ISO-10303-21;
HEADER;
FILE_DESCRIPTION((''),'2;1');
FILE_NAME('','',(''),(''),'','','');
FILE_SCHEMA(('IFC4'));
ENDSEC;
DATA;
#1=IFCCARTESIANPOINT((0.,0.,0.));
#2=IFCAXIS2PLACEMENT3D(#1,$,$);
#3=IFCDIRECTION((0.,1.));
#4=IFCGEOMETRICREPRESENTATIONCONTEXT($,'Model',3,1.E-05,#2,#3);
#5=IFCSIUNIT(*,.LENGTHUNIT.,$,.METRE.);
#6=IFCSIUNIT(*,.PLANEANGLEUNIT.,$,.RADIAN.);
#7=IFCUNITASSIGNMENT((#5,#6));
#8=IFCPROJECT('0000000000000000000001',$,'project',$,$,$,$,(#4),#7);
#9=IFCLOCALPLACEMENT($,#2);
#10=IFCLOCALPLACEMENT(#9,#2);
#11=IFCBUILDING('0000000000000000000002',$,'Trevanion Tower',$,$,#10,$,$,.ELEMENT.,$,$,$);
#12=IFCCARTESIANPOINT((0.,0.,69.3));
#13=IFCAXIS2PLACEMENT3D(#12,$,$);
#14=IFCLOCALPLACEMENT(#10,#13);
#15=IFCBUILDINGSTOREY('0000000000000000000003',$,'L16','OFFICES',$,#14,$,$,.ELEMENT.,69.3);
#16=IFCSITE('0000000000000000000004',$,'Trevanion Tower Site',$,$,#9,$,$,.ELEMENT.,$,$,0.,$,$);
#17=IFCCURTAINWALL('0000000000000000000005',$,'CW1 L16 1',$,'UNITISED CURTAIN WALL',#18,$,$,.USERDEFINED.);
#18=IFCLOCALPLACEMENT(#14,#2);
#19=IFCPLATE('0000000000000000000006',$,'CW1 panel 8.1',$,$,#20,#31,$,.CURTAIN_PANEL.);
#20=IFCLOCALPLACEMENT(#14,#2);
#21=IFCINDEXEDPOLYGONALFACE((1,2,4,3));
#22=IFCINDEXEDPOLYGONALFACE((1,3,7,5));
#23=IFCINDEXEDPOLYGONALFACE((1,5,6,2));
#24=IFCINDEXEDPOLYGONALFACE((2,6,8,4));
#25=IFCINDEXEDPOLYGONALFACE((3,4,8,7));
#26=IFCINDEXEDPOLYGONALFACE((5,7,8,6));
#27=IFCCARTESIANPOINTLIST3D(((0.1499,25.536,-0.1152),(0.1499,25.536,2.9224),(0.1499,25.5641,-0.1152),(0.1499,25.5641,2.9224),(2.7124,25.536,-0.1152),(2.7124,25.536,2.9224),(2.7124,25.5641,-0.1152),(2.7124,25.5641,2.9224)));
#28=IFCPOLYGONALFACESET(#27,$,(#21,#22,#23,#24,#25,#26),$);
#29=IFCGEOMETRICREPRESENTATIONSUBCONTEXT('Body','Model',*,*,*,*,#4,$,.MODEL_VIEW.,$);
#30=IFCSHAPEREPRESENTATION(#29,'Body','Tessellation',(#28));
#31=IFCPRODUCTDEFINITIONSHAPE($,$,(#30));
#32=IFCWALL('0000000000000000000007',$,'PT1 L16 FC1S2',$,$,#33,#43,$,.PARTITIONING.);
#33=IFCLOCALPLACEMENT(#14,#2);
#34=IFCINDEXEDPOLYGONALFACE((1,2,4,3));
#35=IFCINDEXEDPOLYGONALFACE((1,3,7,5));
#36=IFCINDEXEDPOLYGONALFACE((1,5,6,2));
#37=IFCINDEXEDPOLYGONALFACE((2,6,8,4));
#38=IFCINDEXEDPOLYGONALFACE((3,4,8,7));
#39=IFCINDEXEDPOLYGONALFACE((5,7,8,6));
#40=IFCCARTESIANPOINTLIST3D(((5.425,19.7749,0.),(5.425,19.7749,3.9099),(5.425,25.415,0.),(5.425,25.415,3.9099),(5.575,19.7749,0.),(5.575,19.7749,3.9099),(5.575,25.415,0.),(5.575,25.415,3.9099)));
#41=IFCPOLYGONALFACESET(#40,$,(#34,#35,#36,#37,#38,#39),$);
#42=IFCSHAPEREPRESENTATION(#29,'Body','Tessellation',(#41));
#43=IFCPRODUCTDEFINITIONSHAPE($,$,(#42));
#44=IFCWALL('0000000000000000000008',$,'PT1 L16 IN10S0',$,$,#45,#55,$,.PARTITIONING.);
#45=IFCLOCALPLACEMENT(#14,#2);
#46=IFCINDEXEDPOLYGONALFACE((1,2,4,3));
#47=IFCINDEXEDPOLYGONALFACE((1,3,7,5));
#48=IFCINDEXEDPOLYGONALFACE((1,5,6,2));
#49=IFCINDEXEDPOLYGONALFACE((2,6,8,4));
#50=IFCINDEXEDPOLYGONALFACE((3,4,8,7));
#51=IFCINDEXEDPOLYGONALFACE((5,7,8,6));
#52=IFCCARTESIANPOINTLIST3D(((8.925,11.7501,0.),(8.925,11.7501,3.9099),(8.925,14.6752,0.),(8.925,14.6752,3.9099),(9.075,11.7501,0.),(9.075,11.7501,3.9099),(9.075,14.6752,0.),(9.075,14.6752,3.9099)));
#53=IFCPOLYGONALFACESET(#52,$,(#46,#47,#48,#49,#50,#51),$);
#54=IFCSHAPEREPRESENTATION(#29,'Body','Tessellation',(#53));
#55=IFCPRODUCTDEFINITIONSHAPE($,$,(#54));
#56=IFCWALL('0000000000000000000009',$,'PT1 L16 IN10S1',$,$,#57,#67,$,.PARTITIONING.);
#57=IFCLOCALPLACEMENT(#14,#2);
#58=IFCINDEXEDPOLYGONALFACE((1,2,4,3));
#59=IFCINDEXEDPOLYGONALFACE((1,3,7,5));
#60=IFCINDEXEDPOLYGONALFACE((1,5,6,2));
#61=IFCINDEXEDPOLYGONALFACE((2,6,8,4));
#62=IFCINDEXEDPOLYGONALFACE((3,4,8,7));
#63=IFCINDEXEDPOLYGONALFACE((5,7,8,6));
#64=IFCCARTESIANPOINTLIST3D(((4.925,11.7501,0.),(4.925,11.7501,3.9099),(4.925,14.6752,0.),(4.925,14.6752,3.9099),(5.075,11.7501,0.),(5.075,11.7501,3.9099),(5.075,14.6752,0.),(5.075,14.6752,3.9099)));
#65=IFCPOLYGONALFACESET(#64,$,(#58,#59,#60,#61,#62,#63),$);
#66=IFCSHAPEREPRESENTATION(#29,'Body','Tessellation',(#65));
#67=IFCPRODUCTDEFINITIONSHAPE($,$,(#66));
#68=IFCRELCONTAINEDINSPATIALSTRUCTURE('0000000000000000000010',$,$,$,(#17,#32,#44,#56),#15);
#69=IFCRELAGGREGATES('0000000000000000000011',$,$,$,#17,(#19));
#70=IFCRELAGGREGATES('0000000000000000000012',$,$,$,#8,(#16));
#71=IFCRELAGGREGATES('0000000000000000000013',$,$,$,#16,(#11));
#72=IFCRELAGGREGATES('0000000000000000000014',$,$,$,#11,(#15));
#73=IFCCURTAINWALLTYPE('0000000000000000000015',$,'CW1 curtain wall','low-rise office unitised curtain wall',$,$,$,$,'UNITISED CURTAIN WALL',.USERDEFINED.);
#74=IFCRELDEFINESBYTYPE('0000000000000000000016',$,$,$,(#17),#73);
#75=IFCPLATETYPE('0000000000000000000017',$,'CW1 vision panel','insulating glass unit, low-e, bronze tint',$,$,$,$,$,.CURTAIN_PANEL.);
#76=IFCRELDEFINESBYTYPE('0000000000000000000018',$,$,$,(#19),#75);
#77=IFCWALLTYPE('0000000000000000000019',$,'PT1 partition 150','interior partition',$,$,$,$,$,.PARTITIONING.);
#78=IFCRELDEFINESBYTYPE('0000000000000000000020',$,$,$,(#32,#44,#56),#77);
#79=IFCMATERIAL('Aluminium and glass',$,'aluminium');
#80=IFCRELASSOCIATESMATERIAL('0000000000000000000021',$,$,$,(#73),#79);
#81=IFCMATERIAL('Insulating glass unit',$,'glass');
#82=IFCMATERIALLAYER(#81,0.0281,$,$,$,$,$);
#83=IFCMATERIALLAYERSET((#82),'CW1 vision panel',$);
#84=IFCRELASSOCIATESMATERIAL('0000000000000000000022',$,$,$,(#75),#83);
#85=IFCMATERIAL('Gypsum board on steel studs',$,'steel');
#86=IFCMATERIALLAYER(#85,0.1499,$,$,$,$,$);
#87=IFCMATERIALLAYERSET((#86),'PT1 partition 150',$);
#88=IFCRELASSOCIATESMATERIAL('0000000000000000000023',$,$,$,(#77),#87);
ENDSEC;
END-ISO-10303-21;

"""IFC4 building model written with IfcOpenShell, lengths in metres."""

from ifc_helpers import new_model, si_unit, direction, frame, frame_2d, origin, origin_2d, place, context, subcontext, project, spatial, rectangle, extrude, material, layer, layer_set, type_object, element, aggregate, save


model = new_model("IFC4")

# Units and contexts
model_context = context("Model", 3, precision=1e-05, world=origin(), true_north=direction((0.0, 1.0)))
body_context = subcontext(model_context, "Body", "Model", "MODEL_VIEW")
ifc_project = project(units=[si_unit("LENGTHUNIT", "METRE"), si_unit("PLANEANGLEUNIT", "RADIAN")], contexts=[model_context])

# Site, building, storey
site_placement = place(None, origin())
site = spatial("IfcSite", under=ifc_project, at=site_placement, Name="Trevanion Tower Site", CompositionType="ELEMENT", RefElevation=0.0)
building_placement = place(site_placement, origin())
building = spatial("IfcBuilding", under=site, at=building_placement, Name="Trevanion Tower", CompositionType="ELEMENT")
storey_placement = place(building_placement, frame((0.0, 0.0, 69.3)))
storey = spatial("IfcBuildingStorey", under=building, at=storey_placement, Name="L16", Description="OFFICES", CompositionType="ELEMENT", Elevation=69.3)

# Curtain wall, plate
ifc_material_1 = material(Name="Aluminium and glass", Category="aluminium")
curtain_wall_type = type_object("IfcCurtainWallType", Name="CW1 curtain wall", Description="low-rise office unitised curtain wall", ElementType="UNITISED CURTAIN WALL", PredefinedType="USERDEFINED", material=ifc_material_1)
curtain_wall_placement = place(storey_placement, origin())
curtain_wall = element("IfcCurtainWall", 1, at=curtain_wall_placement, inside=storey, type_object=curtain_wall_type, Name="CW1 L16 1", ObjectType="UNITISED CURTAIN WALL", PredefinedType="USERDEFINED")
ifc_material_2 = material(Name="Insulating glass unit", Category="glass")
ifc_layer_1 = layer(ifc_material_2, 0.0281)
ifc_layer_set_1 = layer_set([ifc_layer_1], Name="CW1 vision panel")
plate_type_1 = type_object("IfcPlateType", Name="CW1 vision panel", Description="insulating glass unit, low-e, bronze tint", PredefinedType="CURTAIN_PANEL", material=ifc_layer_set_1)
plate_1_placement = place(storey_placement, frame((1.4312, 25.55, -0.1152), z_axis=(0.0, 0.0, 1.0), x_axis=(-1.0, 0.0, 0.0)))
plate_1 = element("IfcPlate", 2, at=plate_1_placement, type_object=plate_type_1, Name="CW1 panel 8.1", PredefinedType="CURTAIN_PANEL", context=body_context, shape_type="SweptSolid", body=[
    extrude(rectangle(XDim=2.5625, YDim=0.0281, at=origin_2d()), origin(), (0.0, 0.0, 1.0), 3.0376),
])
aggregate(curtain_wall, [plate_1])

# Walls
ifc_material_3 = material(Name="Gypsum board on steel studs", Category="steel")
ifc_layer_2 = layer(ifc_material_3, 0.1499)
ifc_layer_set_2 = layer_set([ifc_layer_2], Name="PT1 partition 150")
wall_type = type_object("IfcWallType", Name="PT1 partition 150", Description="interior partition", PredefinedType="PARTITIONING", material=ifc_layer_set_2)
wall_placement = place(storey_placement, frame((5.5, 19.7749, 0.0), z_axis=(0.0, 0.0, 1.0), x_axis=(0.0, 1.0, 0.0)))
element("IfcWall", 3, at=wall_placement, inside=storey, type_object=wall_type, Name="PT1 L16 FC1S2", PredefinedType="PARTITIONING", context=body_context, shape_type="SweptSolid", body=[
    extrude(rectangle(XDim=5.6401, YDim=0.1499, at=frame_2d((2.8201, 0.0))), origin(), (0.0, 0.0, 1.0), 3.9099),
])
for number, where, z_axis, x_axis, name in (
    (4, (9.0, 14.675, 0.0), (0.0, 0.0, 1.0), (0.0, -1.0, 0.0), "PT1 L16 IN10S0"),
    (5, (5.0, 14.675, 0.0), (0.0, 0.0, 1.0), (0.0, -1.0, 0.0), "PT1 L16 IN10S1"),
):
    element("IfcWall", number, at=place(storey_placement, frame(where, z_axis=z_axis, x_axis=x_axis)), inside=storey, type_object=wall_type, Name=name, PredefinedType="PARTITIONING", context=body_context, shape_type="SweptSolid", body=[
        extrude(rectangle(XDim=2.925, YDim=0.1499, at=frame_2d((1.4624, 0.0))), origin(), (0.0, 0.0, 1.0), 3.9099),
    ])

save(model, "model.ifc")
